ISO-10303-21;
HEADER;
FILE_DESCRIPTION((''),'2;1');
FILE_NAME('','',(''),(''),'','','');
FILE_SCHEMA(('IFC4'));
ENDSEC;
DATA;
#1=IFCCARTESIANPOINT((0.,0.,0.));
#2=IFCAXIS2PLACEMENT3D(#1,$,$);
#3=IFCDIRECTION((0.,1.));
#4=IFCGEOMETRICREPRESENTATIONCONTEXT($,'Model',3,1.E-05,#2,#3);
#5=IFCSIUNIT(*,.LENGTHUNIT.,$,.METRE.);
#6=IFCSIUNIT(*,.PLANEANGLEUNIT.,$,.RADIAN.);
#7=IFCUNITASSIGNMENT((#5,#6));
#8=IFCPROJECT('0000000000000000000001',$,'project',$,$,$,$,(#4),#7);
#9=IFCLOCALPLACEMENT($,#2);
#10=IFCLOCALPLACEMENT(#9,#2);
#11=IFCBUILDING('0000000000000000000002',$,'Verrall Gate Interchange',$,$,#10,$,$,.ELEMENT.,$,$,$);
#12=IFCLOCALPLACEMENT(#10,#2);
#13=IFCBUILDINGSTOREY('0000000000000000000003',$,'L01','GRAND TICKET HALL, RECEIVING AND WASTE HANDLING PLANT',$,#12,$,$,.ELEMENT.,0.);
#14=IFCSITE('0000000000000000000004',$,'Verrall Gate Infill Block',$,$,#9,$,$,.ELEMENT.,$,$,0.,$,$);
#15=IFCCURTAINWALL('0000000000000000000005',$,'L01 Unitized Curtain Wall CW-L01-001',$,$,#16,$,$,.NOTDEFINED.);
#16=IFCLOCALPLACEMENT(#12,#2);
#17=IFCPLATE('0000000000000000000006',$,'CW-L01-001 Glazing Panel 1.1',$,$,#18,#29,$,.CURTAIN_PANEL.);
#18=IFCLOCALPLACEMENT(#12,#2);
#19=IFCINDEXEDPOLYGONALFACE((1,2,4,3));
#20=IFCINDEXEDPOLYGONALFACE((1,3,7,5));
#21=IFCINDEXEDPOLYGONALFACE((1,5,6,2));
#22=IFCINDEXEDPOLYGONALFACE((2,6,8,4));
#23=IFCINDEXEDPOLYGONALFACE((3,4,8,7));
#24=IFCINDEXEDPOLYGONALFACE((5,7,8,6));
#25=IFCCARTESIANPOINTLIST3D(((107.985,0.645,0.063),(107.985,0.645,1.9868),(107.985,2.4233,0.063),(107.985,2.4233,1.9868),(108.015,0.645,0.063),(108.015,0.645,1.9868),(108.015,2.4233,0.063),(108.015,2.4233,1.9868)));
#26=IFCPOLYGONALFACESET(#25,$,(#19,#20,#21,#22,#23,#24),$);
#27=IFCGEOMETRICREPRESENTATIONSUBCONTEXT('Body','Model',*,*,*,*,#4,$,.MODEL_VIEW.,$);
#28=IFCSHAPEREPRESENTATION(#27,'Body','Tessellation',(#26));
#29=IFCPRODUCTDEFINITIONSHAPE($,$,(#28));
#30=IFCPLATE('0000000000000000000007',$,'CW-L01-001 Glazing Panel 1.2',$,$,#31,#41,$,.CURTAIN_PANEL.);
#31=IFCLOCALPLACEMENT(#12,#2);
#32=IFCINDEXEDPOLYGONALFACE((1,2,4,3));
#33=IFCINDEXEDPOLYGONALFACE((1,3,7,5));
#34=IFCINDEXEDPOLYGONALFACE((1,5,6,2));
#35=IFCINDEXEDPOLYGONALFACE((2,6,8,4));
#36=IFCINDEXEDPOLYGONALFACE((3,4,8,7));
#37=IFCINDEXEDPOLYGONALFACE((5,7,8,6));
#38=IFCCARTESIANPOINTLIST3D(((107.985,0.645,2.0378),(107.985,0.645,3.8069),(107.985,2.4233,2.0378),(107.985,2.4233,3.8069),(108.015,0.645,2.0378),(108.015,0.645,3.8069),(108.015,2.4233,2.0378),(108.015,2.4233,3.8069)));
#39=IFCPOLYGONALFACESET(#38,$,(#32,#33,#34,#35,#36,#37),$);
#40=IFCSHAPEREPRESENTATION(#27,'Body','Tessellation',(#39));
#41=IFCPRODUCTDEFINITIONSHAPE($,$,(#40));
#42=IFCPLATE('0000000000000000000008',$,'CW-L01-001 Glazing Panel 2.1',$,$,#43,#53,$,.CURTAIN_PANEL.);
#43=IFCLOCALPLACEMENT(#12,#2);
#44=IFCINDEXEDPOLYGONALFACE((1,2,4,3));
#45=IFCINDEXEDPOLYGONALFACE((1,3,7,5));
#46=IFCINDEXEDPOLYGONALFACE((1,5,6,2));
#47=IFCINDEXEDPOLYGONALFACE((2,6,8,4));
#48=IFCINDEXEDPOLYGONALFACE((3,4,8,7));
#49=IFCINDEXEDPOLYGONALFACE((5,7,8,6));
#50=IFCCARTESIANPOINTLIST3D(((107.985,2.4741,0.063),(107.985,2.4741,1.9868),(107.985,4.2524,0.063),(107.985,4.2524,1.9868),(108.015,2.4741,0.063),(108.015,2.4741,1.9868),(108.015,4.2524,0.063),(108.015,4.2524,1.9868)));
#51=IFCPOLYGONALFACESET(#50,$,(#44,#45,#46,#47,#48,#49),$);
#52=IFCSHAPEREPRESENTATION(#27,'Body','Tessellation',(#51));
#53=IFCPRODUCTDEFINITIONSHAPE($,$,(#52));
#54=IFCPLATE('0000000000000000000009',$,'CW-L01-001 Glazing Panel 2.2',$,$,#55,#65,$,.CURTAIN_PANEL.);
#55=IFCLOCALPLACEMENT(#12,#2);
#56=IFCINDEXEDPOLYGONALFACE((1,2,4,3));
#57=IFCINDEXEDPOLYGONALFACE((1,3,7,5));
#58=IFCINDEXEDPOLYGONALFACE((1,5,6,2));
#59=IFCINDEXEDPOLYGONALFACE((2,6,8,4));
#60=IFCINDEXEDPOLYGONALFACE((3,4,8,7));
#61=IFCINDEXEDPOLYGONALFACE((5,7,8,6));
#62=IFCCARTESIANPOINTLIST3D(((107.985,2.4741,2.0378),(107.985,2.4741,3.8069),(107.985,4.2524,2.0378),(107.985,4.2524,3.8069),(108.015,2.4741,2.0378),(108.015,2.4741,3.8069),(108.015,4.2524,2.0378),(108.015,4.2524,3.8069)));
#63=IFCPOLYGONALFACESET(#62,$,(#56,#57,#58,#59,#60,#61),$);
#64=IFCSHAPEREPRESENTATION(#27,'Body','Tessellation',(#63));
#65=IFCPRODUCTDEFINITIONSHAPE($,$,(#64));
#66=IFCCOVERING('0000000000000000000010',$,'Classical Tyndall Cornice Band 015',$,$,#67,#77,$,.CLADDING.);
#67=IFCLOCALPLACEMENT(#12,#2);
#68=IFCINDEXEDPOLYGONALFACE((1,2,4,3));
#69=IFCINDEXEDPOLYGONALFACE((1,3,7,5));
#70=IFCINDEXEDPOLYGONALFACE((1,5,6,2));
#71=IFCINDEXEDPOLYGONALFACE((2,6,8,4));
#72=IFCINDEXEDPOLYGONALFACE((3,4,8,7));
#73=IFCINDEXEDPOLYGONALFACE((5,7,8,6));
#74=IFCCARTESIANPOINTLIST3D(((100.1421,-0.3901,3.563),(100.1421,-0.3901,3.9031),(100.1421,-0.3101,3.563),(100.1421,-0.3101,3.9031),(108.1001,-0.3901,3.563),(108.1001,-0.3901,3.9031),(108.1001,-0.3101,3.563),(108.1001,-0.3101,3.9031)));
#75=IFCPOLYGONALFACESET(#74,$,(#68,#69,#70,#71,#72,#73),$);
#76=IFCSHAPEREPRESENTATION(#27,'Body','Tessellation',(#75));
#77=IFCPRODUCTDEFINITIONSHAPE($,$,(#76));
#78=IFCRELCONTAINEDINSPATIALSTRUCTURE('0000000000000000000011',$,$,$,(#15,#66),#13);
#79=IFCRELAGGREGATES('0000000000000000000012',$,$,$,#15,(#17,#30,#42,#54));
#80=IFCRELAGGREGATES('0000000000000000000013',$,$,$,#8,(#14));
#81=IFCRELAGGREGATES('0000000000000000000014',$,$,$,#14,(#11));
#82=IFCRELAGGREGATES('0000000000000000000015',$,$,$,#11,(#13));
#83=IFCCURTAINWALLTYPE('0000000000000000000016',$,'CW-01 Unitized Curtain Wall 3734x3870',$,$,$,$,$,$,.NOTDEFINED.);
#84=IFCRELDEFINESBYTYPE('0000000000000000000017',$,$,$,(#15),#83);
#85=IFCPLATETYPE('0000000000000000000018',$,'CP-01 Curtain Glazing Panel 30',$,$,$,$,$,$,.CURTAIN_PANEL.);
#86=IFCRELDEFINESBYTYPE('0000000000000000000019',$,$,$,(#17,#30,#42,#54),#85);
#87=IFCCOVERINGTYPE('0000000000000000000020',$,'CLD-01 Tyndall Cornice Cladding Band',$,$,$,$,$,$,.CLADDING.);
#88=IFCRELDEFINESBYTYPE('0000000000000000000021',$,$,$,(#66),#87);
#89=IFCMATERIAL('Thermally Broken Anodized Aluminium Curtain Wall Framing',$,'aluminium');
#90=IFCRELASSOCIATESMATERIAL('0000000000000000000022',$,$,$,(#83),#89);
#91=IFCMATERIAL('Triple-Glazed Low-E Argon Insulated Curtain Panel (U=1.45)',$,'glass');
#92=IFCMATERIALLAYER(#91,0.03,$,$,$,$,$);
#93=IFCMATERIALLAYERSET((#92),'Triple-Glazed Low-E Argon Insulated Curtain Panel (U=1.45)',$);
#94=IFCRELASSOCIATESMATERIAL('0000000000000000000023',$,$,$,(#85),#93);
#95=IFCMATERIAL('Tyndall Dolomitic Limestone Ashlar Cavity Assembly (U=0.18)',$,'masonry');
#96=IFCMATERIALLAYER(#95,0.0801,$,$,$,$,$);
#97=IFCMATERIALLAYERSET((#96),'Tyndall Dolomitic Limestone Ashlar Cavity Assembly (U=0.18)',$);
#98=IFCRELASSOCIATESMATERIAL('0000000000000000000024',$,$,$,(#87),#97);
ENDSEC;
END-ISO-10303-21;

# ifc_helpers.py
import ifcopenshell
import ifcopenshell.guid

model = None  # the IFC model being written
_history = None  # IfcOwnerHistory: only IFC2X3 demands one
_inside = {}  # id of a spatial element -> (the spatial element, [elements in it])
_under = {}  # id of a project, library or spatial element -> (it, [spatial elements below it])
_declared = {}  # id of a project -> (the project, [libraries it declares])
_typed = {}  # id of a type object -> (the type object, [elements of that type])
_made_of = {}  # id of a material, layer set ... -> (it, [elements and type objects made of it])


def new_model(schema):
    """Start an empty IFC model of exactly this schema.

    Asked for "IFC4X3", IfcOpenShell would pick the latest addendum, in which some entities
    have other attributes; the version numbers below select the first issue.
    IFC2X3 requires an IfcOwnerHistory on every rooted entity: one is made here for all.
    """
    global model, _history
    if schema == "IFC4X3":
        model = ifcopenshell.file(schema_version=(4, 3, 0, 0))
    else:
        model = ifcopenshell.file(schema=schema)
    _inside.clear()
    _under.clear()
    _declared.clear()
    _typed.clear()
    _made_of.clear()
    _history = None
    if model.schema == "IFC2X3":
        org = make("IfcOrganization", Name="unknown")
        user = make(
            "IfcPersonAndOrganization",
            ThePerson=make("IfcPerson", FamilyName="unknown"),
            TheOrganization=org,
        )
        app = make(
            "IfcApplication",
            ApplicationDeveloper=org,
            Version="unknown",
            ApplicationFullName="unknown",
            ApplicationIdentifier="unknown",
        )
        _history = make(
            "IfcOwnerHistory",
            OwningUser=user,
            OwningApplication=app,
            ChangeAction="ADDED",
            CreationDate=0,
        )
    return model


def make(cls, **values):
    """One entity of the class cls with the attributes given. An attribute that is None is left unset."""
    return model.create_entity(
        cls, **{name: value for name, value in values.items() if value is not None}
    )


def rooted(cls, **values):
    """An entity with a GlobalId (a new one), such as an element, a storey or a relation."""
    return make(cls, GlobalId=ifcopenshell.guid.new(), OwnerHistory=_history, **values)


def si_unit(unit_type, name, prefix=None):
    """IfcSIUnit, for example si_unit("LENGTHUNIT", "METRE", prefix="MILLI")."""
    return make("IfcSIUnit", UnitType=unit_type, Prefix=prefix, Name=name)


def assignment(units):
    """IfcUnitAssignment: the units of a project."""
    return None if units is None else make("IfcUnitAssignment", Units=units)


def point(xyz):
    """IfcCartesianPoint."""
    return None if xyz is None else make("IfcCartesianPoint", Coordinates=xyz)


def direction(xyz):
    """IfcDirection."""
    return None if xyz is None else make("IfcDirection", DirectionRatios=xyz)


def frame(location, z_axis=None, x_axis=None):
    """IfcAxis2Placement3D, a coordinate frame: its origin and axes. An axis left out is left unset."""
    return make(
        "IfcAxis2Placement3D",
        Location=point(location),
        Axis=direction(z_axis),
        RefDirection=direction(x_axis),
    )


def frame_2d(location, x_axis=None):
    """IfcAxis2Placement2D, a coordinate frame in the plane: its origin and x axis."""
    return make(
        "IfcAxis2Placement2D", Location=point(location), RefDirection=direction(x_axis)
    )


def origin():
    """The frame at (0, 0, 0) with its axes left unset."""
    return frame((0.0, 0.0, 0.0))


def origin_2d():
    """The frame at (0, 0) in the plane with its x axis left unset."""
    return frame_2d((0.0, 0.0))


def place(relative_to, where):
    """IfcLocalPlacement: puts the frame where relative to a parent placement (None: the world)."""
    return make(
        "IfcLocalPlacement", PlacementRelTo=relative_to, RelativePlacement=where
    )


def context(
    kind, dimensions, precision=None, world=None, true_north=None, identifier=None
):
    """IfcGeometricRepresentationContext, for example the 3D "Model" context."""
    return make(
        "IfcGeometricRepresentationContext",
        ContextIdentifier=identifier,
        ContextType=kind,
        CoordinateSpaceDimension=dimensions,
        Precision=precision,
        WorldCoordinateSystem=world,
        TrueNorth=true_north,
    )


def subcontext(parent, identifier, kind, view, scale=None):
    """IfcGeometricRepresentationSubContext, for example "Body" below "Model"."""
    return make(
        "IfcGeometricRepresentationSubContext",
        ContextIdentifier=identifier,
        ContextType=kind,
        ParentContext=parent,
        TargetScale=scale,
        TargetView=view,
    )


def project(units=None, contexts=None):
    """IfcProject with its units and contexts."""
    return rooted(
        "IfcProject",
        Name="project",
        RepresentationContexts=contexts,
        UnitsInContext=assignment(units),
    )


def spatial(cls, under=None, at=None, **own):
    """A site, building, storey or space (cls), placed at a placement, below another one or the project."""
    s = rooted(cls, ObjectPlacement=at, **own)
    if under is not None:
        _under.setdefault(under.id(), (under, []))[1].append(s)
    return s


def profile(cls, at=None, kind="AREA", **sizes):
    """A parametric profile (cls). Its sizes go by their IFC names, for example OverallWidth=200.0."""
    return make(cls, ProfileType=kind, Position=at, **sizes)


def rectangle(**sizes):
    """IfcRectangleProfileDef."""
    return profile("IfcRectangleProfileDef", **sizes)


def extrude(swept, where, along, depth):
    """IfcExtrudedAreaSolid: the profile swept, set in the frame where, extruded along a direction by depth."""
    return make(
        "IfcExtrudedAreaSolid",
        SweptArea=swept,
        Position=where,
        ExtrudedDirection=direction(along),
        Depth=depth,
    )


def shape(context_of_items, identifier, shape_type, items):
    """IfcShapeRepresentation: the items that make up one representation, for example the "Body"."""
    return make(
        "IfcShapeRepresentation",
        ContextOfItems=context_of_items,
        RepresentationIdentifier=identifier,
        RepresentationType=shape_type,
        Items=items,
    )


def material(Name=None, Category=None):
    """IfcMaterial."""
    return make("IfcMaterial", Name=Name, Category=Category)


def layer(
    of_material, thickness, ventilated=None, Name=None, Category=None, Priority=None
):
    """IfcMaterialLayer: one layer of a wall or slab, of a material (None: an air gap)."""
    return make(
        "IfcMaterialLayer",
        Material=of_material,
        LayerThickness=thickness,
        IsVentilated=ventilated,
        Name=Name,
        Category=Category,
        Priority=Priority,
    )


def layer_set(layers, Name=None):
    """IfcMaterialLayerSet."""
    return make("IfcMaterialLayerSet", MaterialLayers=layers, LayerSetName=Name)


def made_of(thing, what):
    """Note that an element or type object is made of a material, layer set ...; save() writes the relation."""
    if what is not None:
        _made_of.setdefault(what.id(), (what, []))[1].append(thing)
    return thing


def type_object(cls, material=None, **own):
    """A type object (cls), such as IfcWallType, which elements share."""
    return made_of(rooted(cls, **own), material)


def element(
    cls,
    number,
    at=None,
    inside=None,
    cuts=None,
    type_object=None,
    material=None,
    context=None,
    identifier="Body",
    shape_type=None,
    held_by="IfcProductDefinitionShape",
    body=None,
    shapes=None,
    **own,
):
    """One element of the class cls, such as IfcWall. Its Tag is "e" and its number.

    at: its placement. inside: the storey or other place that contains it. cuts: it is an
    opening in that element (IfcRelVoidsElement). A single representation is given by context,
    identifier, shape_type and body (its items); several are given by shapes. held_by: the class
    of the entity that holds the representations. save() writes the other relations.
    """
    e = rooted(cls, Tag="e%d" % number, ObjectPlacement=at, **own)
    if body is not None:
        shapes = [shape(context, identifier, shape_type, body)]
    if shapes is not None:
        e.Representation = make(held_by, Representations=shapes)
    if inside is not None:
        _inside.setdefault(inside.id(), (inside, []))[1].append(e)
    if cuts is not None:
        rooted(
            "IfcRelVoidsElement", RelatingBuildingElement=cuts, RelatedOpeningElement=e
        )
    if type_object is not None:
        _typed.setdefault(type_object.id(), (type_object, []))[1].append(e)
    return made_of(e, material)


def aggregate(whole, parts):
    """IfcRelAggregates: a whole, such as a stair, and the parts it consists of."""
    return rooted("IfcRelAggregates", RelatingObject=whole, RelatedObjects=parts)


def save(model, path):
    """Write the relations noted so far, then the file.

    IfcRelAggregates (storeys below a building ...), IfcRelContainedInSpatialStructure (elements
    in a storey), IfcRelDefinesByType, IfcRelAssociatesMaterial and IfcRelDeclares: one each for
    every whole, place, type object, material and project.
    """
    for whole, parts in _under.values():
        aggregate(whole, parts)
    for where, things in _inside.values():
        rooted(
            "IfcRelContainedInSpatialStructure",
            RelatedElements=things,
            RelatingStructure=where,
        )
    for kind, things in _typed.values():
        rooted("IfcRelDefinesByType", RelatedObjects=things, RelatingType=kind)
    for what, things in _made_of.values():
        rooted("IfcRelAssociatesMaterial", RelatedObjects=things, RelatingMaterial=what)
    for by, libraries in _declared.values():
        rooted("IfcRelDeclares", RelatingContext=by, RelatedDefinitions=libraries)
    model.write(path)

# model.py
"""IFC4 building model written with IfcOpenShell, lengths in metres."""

from ifc_helpers import new_model, si_unit, direction, frame, origin, origin_2d, place, context, subcontext, project, spatial, rectangle, extrude, material, layer, layer_set, type_object, element, aggregate, save


model = new_model("IFC4")

# Units and contexts
model_context = context("Model", 3, precision=1e-05, world=origin(), true_north=direction((0.0, 1.0)))
body_context = subcontext(model_context, "Body", "Model", "MODEL_VIEW")
ifc_project = project(units=[si_unit("LENGTHUNIT", "METRE"), si_unit("PLANEANGLEUNIT", "RADIAN")], contexts=[model_context])

# Site, building, storey
site_placement = place(None, origin())
site = spatial("IfcSite", under=ifc_project, at=site_placement, Name="Verrall Gate Infill Block", CompositionType="ELEMENT", RefElevation=0.0)
building_placement = place(site_placement, origin())
building = spatial("IfcBuilding", under=site, at=building_placement, Name="Verrall Gate Interchange", CompositionType="ELEMENT")
storey_placement = place(building_placement, origin())
storey = spatial("IfcBuildingStorey", under=building, at=storey_placement, Name="L01", Description="GRAND TICKET HALL, RECEIVING AND WASTE HANDLING PLANT", CompositionType="ELEMENT", Elevation=0.0)

# Curtain wall
ifc_material_1 = material(Name="Thermally Broken Anodized Aluminium Curtain Wall Framing", Category="aluminium")
curtain_wall_type_1 = type_object("IfcCurtainWallType", Name="CW-01 Unitized Curtain Wall 3734x3870", PredefinedType="NOTDEFINED", material=ifc_material_1)
curtain_wall_1_placement = place(storey_placement, origin())
curtain_wall_1 = element("IfcCurtainWall", 1, at=curtain_wall_1_placement, inside=storey, type_object=curtain_wall_type_1, Name="L01 Unitized Curtain Wall CW-L01-001", PredefinedType="NOTDEFINED")

# Plates
ifc_material_2 = material(Name="Triple-Glazed Low-E Argon Insulated Curtain Panel (U=1.45)", Category="glass")
ifc_layer_1 = layer(ifc_material_2, 0.03)
ifc_layer_set_1 = layer_set([ifc_layer_1], Name="Triple-Glazed Low-E Argon Insulated Curtain Panel (U=1.45)")
plate_type_1 = type_object("IfcPlateType", Name="CP-01 Curtain Glazing Panel 30", PredefinedType="CURTAIN_PANEL", material=ifc_layer_set_1)
plate_1_placement = place(storey_placement, frame((108.0, 1.5342, 0.063), z_axis=(0.0, 0.0, 1.0), x_axis=(0.0, 1.0, 0.0)))
plate_1 = element("IfcPlate", 2, at=plate_1_placement, type_object=plate_type_1, Name="CW-L01-001 Glazing Panel 1.1", PredefinedType="CURTAIN_PANEL", context=body_context, shape_type="SweptSolid", body=[
    extrude(rectangle(XDim=1.7783, YDim=0.03, at=origin_2d()), origin(), (0.0, 0.0, 1.0), 1.9238),
])
plate_2_placement = place(storey_placement, frame((108.0, 1.5342, 2.0378), z_axis=(0.0, 0.0, 1.0), x_axis=(0.0, 1.0, 0.0)))
plate_2 = element("IfcPlate", 3, at=plate_2_placement, type_object=plate_type_1, Name="CW-L01-001 Glazing Panel 1.2", PredefinedType="CURTAIN_PANEL", context=body_context, shape_type="SweptSolid", body=[
    extrude(rectangle(XDim=1.7783, YDim=0.03, at=origin_2d()), origin(), (0.0, 0.0, 1.0), 1.769),
])
plate_3_placement = place(storey_placement, frame((108.0, 3.3633, 0.063), z_axis=(0.0, 0.0, 1.0), x_axis=(0.0, 1.0, 0.0)))
plate_3 = element("IfcPlate", 4, at=plate_3_placement, type_object=plate_type_1, Name="CW-L01-001 Glazing Panel 2.1", PredefinedType="CURTAIN_PANEL", context=body_context, shape_type="SweptSolid", body=[
    extrude(rectangle(XDim=1.7783, YDim=0.03, at=origin_2d()), origin(), (0.0, 0.0, 1.0), 1.9238),
])
plate_4_placement = place(storey_placement, frame((108.0, 3.3633, 2.0378), z_axis=(0.0, 0.0, 1.0), x_axis=(0.0, 1.0, 0.0)))
plate_4 = element("IfcPlate", 5, at=plate_4_placement, type_object=plate_type_1, Name="CW-L01-001 Glazing Panel 2.2", PredefinedType="CURTAIN_PANEL", context=body_context, shape_type="SweptSolid", body=[
    extrude(rectangle(XDim=1.7783, YDim=0.03, at=origin_2d()), origin(), (0.0, 0.0, 1.0), 1.769),
])
aggregate(curtain_wall_1, [plate_1, plate_2, plate_3, plate_4])

# Covering
ifc_material_3 = material(Name="Tyndall Dolomitic Limestone Ashlar Cavity Assembly (U=0.18)", Category="masonry")
ifc_layer_2 = layer(ifc_material_3, 0.0801)
ifc_layer_set_2 = layer_set([ifc_layer_2], Name="Tyndall Dolomitic Limestone Ashlar Cavity Assembly (U=0.18)")
covering_type = type_object("IfcCoveringType", Name="CLD-01 Tyndall Cornice Cladding Band", PredefinedType="CLADDING", material=ifc_layer_set_2)
covering_placement = place(storey_placement, frame((104.1211, -0.3501, 3.563), z_axis=(0.0, 0.0, 1.0), x_axis=(1.0, 0.0, 0.0)))
element("IfcCovering", 6, at=covering_placement, inside=storey, type_object=covering_type, Name="Classical Tyndall Cornice Band 015", PredefinedType="CLADDING", context=body_context, shape_type="SweptSolid", body=[
    extrude(rectangle(XDim=7.958, YDim=0.0801, at=origin_2d()), origin(), (0.0, 0.0, 1.0), 0.3401),
])

save(model, "model.ifc")
